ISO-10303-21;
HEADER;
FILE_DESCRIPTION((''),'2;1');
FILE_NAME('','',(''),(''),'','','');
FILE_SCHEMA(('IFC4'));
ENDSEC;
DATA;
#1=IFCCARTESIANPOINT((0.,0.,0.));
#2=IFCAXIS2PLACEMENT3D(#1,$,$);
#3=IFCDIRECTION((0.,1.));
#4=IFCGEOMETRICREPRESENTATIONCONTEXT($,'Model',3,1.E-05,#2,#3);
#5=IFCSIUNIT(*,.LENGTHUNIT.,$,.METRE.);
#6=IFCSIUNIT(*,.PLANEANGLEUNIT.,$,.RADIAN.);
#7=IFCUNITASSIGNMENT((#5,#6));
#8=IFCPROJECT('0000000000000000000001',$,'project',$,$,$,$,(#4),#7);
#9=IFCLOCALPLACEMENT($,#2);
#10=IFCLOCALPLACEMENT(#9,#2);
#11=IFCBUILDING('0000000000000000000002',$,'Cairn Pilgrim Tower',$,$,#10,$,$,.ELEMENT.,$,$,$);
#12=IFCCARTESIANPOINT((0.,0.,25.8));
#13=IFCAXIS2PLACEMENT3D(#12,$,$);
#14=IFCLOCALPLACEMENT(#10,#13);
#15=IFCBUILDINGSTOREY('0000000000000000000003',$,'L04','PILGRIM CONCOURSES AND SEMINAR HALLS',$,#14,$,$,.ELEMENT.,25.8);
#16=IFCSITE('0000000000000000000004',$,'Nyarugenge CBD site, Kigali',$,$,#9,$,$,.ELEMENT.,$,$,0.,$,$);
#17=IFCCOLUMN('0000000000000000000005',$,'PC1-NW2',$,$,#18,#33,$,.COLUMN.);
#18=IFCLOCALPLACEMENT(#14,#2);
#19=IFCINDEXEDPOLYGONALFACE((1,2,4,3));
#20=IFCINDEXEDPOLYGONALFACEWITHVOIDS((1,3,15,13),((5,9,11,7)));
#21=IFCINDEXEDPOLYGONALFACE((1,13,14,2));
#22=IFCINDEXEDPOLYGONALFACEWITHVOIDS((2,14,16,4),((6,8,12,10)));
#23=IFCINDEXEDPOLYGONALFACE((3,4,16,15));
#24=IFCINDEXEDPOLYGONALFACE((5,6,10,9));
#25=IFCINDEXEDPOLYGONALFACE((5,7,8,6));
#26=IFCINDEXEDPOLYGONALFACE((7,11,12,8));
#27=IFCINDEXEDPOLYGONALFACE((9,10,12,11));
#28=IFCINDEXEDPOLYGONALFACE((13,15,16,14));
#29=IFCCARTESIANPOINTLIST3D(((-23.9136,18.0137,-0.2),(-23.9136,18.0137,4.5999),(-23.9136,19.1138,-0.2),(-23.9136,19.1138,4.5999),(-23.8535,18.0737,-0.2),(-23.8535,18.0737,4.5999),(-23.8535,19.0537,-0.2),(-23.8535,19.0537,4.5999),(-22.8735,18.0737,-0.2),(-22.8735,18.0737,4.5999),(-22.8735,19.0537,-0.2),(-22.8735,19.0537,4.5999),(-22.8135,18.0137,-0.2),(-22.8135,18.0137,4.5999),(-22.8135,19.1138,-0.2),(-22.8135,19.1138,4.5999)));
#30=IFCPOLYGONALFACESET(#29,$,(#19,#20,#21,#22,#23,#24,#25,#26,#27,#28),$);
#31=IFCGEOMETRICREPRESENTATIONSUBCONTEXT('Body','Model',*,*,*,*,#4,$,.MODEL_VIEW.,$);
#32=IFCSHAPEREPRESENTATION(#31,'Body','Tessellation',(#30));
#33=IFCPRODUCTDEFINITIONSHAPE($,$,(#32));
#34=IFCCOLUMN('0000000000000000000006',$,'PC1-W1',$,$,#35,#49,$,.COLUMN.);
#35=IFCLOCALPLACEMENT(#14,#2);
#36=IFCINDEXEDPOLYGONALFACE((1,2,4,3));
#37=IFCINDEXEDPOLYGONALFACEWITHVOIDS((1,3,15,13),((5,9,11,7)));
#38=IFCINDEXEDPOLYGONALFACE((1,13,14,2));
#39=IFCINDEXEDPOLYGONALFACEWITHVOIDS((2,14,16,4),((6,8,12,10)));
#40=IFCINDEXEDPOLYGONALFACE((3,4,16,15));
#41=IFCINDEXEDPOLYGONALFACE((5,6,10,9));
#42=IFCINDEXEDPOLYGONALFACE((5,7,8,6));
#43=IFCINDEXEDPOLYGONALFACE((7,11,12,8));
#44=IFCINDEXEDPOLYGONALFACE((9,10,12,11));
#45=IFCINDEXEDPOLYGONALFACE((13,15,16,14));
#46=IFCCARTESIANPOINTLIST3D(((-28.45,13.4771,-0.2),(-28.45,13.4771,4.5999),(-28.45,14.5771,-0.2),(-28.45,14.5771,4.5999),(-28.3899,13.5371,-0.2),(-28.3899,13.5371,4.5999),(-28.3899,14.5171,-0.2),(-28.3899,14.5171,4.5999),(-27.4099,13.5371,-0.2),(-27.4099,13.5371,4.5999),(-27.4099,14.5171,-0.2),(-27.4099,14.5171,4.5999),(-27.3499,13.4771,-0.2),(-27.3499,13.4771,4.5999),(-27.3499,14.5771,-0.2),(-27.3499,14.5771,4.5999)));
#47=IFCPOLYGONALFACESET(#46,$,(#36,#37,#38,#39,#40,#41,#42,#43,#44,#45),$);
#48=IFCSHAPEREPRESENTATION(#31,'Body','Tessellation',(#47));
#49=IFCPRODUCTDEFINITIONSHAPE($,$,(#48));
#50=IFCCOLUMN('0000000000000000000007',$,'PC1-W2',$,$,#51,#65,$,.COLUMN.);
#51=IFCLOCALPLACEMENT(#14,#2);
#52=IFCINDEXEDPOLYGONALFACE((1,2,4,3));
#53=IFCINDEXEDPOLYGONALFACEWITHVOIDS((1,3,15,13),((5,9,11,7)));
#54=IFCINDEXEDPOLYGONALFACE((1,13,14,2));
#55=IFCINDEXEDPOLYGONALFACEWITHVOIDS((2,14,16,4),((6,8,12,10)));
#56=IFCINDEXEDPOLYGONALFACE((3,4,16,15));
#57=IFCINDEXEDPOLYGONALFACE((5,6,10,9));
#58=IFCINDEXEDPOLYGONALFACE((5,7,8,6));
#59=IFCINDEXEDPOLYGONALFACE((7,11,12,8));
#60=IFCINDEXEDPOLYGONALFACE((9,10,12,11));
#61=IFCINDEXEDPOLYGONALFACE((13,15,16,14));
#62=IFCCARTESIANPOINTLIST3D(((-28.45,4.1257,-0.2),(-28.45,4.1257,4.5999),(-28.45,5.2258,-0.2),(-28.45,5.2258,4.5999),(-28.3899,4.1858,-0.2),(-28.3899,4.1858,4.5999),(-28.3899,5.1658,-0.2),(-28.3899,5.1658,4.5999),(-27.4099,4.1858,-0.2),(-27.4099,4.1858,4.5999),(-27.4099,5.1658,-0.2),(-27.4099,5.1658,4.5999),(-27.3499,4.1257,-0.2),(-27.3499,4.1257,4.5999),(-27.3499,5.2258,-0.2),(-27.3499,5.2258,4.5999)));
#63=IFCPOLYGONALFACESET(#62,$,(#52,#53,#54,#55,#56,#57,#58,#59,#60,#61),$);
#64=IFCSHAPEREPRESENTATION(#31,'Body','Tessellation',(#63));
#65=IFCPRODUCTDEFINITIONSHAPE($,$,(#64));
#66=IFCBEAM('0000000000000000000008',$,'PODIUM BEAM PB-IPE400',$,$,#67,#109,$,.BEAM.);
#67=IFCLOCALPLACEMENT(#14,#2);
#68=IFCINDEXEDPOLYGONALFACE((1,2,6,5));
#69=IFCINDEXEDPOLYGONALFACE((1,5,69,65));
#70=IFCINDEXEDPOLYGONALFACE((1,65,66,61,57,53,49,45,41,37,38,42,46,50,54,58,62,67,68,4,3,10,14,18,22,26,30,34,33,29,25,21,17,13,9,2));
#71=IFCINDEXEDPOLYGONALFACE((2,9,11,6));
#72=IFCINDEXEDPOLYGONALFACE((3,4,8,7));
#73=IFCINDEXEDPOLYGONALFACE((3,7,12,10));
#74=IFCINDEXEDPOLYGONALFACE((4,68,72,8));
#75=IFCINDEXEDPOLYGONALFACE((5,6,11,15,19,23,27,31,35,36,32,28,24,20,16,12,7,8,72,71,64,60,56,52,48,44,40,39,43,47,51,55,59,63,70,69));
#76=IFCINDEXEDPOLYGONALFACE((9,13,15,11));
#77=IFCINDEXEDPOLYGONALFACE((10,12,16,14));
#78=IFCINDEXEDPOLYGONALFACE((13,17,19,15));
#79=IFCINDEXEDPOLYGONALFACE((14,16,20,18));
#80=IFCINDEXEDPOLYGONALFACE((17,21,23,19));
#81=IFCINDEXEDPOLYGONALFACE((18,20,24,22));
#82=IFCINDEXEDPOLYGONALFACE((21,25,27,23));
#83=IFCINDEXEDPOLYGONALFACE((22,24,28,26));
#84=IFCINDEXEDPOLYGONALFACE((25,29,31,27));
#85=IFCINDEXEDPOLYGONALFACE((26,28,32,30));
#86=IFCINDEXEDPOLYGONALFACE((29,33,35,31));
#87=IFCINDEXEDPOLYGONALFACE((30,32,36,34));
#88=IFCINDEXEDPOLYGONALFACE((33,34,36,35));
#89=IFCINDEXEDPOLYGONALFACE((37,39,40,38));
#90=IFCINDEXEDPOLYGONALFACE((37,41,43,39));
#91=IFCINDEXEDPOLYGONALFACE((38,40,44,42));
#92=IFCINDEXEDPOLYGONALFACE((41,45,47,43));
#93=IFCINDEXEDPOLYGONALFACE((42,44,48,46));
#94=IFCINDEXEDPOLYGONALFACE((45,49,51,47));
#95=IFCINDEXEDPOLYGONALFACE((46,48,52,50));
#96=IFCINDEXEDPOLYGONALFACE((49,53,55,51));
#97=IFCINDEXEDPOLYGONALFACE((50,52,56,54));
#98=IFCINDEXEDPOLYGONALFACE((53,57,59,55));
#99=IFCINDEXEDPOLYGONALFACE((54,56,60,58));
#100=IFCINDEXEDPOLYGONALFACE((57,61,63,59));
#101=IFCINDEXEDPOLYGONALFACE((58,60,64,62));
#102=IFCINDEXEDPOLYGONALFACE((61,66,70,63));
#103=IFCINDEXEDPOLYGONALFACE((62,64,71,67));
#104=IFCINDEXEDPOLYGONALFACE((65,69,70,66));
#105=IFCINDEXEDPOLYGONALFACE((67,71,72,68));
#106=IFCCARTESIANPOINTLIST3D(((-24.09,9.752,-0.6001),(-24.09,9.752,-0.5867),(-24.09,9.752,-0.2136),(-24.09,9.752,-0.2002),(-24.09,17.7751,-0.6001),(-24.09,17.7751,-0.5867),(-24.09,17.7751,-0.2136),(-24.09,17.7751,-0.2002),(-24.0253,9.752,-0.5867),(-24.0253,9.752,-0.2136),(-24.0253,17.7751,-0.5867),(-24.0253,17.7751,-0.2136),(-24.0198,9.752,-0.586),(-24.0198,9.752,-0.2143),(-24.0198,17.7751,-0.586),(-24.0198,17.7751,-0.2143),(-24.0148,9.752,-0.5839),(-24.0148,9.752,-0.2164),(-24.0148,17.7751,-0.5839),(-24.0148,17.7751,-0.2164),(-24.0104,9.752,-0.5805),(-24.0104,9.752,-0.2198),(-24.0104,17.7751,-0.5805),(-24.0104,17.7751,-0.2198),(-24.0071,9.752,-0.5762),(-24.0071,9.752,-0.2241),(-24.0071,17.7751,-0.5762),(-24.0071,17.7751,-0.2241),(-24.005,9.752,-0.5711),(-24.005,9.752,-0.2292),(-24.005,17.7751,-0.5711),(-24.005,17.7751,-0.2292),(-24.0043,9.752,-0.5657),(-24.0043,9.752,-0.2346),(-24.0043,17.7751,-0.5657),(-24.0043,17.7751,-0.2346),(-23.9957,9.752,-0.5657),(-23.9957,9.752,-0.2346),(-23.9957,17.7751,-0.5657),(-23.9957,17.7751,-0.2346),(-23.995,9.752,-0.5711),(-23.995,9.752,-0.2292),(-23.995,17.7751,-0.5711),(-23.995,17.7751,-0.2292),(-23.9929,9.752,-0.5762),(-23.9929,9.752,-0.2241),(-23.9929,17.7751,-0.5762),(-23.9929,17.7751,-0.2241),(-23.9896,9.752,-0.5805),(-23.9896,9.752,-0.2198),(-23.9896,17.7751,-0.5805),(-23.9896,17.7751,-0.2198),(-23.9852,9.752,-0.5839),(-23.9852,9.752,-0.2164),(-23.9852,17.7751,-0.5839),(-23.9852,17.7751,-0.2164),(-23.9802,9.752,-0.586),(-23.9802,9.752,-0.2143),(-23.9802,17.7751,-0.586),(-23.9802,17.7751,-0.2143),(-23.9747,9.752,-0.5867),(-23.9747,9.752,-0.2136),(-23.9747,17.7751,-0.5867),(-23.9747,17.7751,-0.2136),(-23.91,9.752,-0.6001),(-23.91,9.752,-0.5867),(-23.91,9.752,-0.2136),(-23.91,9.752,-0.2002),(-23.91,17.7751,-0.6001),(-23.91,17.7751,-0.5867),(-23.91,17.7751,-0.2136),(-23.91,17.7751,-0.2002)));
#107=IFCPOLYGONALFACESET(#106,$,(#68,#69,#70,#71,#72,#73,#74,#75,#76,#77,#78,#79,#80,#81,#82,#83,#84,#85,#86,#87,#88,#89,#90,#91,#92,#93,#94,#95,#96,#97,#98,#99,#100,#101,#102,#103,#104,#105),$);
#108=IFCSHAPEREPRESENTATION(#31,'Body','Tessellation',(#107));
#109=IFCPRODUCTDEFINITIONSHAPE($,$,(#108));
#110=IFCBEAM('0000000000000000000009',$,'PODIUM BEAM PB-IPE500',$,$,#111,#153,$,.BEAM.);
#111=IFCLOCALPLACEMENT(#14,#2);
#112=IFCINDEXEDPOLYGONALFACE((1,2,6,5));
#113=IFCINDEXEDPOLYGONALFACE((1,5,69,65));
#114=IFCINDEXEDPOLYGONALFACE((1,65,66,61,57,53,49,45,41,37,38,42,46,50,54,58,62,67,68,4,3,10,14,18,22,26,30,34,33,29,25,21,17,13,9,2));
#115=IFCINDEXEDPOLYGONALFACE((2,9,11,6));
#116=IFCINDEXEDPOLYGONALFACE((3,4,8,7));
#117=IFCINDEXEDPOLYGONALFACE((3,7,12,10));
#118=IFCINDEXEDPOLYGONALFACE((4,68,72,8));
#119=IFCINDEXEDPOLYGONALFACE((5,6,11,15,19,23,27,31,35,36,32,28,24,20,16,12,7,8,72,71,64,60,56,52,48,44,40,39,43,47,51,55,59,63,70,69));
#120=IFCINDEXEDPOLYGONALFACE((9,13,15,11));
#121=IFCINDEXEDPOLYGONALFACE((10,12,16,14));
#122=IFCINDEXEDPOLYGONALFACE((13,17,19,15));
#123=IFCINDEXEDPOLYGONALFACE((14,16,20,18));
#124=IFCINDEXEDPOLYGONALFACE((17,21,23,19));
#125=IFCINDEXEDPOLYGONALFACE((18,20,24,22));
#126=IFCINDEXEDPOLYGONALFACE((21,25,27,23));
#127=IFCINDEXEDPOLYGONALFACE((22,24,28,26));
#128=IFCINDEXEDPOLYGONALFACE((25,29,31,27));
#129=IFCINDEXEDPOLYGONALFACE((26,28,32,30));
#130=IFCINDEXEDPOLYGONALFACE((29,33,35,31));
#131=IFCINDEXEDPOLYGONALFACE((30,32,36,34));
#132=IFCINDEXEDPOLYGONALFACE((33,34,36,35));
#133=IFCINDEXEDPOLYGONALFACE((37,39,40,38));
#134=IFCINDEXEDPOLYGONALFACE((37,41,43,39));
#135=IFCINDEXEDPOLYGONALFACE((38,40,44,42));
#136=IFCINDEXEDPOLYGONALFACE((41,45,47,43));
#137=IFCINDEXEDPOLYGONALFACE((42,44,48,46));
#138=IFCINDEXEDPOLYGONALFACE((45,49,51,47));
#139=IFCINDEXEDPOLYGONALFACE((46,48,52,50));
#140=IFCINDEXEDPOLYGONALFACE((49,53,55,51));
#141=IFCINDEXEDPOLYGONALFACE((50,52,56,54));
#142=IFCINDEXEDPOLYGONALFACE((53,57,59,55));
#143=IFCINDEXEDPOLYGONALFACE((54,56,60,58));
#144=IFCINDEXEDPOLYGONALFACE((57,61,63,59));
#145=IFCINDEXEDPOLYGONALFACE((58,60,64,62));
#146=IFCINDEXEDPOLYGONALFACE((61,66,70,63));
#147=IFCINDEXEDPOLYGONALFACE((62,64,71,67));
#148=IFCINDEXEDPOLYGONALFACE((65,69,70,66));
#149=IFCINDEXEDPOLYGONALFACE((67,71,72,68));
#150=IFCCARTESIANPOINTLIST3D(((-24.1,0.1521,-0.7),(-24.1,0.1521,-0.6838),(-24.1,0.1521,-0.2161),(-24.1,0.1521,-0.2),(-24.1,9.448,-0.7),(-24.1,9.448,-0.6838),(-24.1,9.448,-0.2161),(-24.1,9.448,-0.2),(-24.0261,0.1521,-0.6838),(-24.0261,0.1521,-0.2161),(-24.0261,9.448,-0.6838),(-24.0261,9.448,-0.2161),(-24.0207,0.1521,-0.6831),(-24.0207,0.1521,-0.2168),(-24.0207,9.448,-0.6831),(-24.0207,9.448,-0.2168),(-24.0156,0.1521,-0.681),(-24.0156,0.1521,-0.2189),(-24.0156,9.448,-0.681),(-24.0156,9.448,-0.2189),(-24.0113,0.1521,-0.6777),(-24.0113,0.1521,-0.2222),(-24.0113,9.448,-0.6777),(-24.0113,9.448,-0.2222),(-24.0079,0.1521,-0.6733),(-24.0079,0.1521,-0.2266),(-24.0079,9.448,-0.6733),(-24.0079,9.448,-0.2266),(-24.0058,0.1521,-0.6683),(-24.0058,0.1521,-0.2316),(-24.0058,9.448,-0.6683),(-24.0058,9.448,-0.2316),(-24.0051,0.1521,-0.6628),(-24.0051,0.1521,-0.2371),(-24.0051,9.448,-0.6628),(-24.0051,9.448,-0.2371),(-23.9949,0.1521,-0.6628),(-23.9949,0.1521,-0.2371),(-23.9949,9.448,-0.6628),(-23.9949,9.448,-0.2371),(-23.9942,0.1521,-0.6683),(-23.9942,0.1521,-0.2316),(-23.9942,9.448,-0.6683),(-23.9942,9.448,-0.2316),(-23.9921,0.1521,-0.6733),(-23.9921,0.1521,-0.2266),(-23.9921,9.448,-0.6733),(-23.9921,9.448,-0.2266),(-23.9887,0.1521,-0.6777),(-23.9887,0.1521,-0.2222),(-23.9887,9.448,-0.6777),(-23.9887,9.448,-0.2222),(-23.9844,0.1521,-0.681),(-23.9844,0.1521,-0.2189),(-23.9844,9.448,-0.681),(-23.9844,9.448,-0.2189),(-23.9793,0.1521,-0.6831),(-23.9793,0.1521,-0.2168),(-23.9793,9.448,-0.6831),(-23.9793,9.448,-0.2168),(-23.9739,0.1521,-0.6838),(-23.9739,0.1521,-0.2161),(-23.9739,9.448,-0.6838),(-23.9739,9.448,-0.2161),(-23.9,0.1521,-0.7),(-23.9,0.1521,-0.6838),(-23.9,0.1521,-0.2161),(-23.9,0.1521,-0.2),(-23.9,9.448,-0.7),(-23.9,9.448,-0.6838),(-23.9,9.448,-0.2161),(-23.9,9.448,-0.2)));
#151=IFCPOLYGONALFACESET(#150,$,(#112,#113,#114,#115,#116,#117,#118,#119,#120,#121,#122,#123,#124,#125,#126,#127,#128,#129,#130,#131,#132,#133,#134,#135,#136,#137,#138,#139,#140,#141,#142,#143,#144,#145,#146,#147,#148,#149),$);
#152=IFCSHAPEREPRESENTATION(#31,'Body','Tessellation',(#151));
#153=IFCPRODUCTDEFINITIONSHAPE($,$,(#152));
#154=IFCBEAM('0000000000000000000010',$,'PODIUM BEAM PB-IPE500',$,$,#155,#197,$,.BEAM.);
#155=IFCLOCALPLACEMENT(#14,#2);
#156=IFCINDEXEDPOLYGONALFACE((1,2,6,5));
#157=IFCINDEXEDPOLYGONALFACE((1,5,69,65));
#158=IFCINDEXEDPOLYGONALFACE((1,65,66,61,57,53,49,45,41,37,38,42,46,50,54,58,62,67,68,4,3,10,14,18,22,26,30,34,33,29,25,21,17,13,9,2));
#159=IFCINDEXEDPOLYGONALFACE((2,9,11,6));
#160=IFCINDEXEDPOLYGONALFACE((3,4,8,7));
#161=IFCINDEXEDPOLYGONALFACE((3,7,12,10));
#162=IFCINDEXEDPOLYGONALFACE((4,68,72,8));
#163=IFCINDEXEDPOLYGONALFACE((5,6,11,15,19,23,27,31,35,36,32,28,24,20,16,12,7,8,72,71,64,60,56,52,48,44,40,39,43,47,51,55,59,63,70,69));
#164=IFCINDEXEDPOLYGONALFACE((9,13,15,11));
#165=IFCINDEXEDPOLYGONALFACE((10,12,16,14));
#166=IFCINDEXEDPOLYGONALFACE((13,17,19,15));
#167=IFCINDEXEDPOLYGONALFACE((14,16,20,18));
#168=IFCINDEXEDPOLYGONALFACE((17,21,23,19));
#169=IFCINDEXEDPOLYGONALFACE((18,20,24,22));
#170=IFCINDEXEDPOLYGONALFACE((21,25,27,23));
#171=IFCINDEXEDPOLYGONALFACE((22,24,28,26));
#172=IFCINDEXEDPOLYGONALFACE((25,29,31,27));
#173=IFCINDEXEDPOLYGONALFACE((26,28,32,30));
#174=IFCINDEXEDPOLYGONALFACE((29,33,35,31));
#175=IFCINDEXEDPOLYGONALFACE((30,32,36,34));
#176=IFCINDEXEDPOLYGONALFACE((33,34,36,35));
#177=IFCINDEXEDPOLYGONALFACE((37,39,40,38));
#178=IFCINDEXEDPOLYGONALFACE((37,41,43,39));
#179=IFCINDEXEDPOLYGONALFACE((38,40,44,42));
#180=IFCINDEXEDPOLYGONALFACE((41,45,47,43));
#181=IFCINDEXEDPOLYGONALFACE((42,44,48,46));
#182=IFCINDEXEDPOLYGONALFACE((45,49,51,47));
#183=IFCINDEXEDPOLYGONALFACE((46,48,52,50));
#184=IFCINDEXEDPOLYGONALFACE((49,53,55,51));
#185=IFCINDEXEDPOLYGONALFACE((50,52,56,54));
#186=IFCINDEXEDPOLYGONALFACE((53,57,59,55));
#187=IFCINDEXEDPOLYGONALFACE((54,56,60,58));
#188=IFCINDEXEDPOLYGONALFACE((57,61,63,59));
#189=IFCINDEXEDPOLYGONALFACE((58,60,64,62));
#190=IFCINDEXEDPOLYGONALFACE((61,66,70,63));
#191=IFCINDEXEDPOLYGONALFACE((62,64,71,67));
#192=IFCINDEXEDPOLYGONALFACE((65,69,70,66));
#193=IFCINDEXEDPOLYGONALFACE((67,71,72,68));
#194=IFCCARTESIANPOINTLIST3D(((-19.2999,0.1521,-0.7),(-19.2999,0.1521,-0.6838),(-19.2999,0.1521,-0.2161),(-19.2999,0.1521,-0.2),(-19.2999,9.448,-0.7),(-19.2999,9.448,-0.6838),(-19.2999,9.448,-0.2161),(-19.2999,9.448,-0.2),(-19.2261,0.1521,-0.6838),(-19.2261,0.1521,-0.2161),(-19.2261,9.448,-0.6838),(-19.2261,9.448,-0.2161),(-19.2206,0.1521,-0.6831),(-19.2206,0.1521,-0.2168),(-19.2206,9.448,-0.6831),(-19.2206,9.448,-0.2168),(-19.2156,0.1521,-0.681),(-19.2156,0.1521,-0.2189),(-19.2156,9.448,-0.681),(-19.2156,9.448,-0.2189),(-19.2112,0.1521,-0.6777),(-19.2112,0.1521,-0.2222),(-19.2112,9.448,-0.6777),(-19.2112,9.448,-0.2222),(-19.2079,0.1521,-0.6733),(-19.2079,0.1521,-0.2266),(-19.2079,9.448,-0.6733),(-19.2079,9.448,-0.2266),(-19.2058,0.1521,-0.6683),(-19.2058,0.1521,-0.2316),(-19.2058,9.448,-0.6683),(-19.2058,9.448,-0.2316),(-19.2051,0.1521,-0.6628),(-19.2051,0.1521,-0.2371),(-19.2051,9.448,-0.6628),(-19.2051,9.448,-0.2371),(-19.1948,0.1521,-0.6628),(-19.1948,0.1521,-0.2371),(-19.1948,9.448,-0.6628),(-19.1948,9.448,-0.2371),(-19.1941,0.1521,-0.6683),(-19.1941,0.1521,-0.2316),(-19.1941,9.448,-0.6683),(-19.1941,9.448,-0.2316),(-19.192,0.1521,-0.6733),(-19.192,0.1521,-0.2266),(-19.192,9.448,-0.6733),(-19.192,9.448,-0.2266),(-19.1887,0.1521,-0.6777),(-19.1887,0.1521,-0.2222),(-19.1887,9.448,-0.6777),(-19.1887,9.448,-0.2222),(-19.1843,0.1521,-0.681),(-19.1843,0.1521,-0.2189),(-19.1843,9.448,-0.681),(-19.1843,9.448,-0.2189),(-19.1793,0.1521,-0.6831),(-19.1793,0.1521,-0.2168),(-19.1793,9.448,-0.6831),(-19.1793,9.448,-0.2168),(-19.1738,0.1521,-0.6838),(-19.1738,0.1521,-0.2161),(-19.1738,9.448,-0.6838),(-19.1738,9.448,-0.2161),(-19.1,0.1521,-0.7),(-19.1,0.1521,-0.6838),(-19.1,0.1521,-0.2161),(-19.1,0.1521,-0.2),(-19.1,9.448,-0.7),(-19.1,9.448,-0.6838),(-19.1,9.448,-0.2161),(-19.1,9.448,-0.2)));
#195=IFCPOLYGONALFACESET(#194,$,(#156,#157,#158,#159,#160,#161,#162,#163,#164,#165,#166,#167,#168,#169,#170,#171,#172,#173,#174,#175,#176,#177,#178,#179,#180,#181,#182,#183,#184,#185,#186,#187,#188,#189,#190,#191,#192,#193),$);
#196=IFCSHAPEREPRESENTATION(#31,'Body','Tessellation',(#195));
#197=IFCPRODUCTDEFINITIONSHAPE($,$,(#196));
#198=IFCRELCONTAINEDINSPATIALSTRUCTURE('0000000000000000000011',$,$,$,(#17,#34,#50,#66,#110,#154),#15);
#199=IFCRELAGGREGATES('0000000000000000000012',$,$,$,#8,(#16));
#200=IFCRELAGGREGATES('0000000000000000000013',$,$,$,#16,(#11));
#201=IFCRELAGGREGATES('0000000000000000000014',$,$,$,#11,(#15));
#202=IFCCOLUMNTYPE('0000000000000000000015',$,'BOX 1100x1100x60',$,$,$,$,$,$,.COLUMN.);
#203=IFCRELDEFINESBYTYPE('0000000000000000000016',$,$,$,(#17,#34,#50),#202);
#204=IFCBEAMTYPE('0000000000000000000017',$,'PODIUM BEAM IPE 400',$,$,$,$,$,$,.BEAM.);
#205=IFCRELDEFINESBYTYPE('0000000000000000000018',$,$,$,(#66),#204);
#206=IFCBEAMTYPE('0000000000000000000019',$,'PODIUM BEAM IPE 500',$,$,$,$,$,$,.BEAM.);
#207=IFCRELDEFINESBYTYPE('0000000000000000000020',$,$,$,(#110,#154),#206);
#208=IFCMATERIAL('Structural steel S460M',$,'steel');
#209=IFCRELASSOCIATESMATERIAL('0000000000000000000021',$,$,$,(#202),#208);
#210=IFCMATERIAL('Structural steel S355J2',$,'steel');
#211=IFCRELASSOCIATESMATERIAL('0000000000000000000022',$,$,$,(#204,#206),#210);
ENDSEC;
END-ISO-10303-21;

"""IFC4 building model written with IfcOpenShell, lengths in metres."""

from ifc_helpers import new_model, si_unit, direction, frame, origin, origin_2d, place, context, subcontext, project, spatial, hollow_rectangle, i_section, extrude, material, material_profile, profile_set, type_object, element, save


model = new_model("IFC4")

# Units and contexts
model_context = context("Model", 3, precision=1e-05, world=origin(), true_north=direction((0.0, 1.0)))
body_context = subcontext(model_context, "Body", "Model", "MODEL_VIEW")
ifc_project = project(units=[si_unit("LENGTHUNIT", "METRE"), si_unit("PLANEANGLEUNIT", "RADIAN")], contexts=[model_context])

# Site, building, storey
site_placement = place(None, origin())
site = spatial("IfcSite", under=ifc_project, at=site_placement, Name="Nyarugenge CBD site, Kigali", CompositionType="ELEMENT", RefElevation=0.0)
building_placement = place(site_placement, origin())
building = spatial("IfcBuilding", under=site, at=building_placement, Name="Cairn Pilgrim Tower", CompositionType="ELEMENT")
storey_placement = place(building_placement, frame((0.0, 0.0, 25.8)))
storey = spatial("IfcBuildingStorey", under=building, at=storey_placement, Name="L04", Description="PILGRIM CONCOURSES AND SEMINAR HALLS", CompositionType="ELEMENT", Elevation=25.8)

# Columns
ifc_material_1 = material(Name="Structural steel S460M", Category="steel")
ifc_material_profile_1 = material_profile(ifc_material_1, hollow_rectangle(XDim=1.1001, YDim=1.1001, WallThickness=0.0601, at=origin_2d()), Name="BOX 1100x1100x60")
ifc_profile_set_1 = profile_set([ifc_material_profile_1], Name="Structural steel S460M")
column_type = type_object("IfcColumnType", Name="BOX 1100x1100x60", PredefinedType="COLUMN", material=ifc_profile_set_1)
for number, where, z_axis, x_axis, name in (
    (1, (-23.3635, 18.5637, -0.2), (0.0, 0.0, 1.0), (1.0, 0.0, 0.0), "PC1-NW2"),
    (2, (-27.8999, 14.0271, -0.2), (0.0, 0.0, 1.0), (1.0, 0.0, 0.0), "PC1-W1"),
    (3, (-27.8999, 4.6758, -0.2), (0.0, 0.0, 1.0), (1.0, 0.0, 0.0), "PC1-W2"),
):
    element("IfcColumn", number, at=place(storey_placement, frame(where, z_axis=z_axis, x_axis=x_axis)), inside=storey, type_object=column_type, Name=name, PredefinedType="COLUMN", context=body_context, shape_type="SweptSolid", body=[
        extrude(hollow_rectangle(XDim=1.1001, YDim=1.1001, WallThickness=0.0601, at=origin_2d()), origin(), (0.0, 0.0, 1.0), 4.7998),
    ])

# Beams
ifc_material_2 = material(Name="Structural steel S355J2", Category="steel")
ifc_material_profile_2 = material_profile(ifc_material_2, i_section(OverallWidth=0.1799, OverallDepth=0.3999, WebThickness=0.0085, FlangeThickness=0.0134, FilletRadius=0.021, at=origin_2d()), Name="IPE 400")
ifc_profile_set_2 = profile_set([ifc_material_profile_2], Name="Structural steel S355J2")
beam_type_1 = type_object("IfcBeamType", Name="PODIUM BEAM IPE 400", PredefinedType="BEAM", material=ifc_profile_set_2)
beam_1_placement = place(storey_placement, frame((-24.0, 9.752, -0.4001), z_axis=(0.0, 1.0, 0.0), x_axis=(-1.0, 0.0, 0.0)))
element("IfcBeam", 4, at=beam_1_placement, inside=storey, type_object=beam_type_1, Name="PODIUM BEAM PB-IPE400", PredefinedType="BEAM", context=body_context, shape_type="SweptSolid", body=[
    extrude(i_section(OverallWidth=0.1799, OverallDepth=0.3999, WebThickness=0.0085, FlangeThickness=0.0134, FilletRadius=0.021, at=origin_2d()), origin(), (0.0, 0.0, 1.0), 8.0232),
])
ifc_material_profile_3 = material_profile(ifc_material_2, i_section(OverallWidth=0.2, OverallDepth=0.5, WebThickness=0.0103, FlangeThickness=0.0161, FilletRadius=0.021, at=origin_2d()), Name="IPE 500")
ifc_profile_set_3 = profile_set([ifc_material_profile_3], Name="Structural steel S355J2")
beam_type_2 = type_object("IfcBeamType", Name="PODIUM BEAM IPE 500", PredefinedType="BEAM", material=ifc_profile_set_3)
for number, where, z_axis, x_axis, name in (
    (5, (-24.0, 0.1521, -0.45), (0.0, 1.0, 0.0), (-1.0, 0.0, 0.0), "PODIUM BEAM PB-IPE500"),
    (6, (-19.2, 0.1521, -0.45), (0.0, 1.0, 0.0), (-1.0, 0.0, 0.0), "PODIUM BEAM PB-IPE500"),
):
    element("IfcBeam", number, at=place(storey_placement, frame(where, z_axis=z_axis, x_axis=x_axis)), inside=storey, type_object=beam_type_2, Name=name, PredefinedType="BEAM", context=body_context, shape_type="SweptSolid", body=[
        extrude(i_section(OverallWidth=0.2, OverallDepth=0.5, WebThickness=0.0103, FlangeThickness=0.0161, FilletRadius=0.021, at=origin_2d()), origin(), (0.0, 0.0, 1.0), 9.2959),
    ])

save(model, "model.ifc")
